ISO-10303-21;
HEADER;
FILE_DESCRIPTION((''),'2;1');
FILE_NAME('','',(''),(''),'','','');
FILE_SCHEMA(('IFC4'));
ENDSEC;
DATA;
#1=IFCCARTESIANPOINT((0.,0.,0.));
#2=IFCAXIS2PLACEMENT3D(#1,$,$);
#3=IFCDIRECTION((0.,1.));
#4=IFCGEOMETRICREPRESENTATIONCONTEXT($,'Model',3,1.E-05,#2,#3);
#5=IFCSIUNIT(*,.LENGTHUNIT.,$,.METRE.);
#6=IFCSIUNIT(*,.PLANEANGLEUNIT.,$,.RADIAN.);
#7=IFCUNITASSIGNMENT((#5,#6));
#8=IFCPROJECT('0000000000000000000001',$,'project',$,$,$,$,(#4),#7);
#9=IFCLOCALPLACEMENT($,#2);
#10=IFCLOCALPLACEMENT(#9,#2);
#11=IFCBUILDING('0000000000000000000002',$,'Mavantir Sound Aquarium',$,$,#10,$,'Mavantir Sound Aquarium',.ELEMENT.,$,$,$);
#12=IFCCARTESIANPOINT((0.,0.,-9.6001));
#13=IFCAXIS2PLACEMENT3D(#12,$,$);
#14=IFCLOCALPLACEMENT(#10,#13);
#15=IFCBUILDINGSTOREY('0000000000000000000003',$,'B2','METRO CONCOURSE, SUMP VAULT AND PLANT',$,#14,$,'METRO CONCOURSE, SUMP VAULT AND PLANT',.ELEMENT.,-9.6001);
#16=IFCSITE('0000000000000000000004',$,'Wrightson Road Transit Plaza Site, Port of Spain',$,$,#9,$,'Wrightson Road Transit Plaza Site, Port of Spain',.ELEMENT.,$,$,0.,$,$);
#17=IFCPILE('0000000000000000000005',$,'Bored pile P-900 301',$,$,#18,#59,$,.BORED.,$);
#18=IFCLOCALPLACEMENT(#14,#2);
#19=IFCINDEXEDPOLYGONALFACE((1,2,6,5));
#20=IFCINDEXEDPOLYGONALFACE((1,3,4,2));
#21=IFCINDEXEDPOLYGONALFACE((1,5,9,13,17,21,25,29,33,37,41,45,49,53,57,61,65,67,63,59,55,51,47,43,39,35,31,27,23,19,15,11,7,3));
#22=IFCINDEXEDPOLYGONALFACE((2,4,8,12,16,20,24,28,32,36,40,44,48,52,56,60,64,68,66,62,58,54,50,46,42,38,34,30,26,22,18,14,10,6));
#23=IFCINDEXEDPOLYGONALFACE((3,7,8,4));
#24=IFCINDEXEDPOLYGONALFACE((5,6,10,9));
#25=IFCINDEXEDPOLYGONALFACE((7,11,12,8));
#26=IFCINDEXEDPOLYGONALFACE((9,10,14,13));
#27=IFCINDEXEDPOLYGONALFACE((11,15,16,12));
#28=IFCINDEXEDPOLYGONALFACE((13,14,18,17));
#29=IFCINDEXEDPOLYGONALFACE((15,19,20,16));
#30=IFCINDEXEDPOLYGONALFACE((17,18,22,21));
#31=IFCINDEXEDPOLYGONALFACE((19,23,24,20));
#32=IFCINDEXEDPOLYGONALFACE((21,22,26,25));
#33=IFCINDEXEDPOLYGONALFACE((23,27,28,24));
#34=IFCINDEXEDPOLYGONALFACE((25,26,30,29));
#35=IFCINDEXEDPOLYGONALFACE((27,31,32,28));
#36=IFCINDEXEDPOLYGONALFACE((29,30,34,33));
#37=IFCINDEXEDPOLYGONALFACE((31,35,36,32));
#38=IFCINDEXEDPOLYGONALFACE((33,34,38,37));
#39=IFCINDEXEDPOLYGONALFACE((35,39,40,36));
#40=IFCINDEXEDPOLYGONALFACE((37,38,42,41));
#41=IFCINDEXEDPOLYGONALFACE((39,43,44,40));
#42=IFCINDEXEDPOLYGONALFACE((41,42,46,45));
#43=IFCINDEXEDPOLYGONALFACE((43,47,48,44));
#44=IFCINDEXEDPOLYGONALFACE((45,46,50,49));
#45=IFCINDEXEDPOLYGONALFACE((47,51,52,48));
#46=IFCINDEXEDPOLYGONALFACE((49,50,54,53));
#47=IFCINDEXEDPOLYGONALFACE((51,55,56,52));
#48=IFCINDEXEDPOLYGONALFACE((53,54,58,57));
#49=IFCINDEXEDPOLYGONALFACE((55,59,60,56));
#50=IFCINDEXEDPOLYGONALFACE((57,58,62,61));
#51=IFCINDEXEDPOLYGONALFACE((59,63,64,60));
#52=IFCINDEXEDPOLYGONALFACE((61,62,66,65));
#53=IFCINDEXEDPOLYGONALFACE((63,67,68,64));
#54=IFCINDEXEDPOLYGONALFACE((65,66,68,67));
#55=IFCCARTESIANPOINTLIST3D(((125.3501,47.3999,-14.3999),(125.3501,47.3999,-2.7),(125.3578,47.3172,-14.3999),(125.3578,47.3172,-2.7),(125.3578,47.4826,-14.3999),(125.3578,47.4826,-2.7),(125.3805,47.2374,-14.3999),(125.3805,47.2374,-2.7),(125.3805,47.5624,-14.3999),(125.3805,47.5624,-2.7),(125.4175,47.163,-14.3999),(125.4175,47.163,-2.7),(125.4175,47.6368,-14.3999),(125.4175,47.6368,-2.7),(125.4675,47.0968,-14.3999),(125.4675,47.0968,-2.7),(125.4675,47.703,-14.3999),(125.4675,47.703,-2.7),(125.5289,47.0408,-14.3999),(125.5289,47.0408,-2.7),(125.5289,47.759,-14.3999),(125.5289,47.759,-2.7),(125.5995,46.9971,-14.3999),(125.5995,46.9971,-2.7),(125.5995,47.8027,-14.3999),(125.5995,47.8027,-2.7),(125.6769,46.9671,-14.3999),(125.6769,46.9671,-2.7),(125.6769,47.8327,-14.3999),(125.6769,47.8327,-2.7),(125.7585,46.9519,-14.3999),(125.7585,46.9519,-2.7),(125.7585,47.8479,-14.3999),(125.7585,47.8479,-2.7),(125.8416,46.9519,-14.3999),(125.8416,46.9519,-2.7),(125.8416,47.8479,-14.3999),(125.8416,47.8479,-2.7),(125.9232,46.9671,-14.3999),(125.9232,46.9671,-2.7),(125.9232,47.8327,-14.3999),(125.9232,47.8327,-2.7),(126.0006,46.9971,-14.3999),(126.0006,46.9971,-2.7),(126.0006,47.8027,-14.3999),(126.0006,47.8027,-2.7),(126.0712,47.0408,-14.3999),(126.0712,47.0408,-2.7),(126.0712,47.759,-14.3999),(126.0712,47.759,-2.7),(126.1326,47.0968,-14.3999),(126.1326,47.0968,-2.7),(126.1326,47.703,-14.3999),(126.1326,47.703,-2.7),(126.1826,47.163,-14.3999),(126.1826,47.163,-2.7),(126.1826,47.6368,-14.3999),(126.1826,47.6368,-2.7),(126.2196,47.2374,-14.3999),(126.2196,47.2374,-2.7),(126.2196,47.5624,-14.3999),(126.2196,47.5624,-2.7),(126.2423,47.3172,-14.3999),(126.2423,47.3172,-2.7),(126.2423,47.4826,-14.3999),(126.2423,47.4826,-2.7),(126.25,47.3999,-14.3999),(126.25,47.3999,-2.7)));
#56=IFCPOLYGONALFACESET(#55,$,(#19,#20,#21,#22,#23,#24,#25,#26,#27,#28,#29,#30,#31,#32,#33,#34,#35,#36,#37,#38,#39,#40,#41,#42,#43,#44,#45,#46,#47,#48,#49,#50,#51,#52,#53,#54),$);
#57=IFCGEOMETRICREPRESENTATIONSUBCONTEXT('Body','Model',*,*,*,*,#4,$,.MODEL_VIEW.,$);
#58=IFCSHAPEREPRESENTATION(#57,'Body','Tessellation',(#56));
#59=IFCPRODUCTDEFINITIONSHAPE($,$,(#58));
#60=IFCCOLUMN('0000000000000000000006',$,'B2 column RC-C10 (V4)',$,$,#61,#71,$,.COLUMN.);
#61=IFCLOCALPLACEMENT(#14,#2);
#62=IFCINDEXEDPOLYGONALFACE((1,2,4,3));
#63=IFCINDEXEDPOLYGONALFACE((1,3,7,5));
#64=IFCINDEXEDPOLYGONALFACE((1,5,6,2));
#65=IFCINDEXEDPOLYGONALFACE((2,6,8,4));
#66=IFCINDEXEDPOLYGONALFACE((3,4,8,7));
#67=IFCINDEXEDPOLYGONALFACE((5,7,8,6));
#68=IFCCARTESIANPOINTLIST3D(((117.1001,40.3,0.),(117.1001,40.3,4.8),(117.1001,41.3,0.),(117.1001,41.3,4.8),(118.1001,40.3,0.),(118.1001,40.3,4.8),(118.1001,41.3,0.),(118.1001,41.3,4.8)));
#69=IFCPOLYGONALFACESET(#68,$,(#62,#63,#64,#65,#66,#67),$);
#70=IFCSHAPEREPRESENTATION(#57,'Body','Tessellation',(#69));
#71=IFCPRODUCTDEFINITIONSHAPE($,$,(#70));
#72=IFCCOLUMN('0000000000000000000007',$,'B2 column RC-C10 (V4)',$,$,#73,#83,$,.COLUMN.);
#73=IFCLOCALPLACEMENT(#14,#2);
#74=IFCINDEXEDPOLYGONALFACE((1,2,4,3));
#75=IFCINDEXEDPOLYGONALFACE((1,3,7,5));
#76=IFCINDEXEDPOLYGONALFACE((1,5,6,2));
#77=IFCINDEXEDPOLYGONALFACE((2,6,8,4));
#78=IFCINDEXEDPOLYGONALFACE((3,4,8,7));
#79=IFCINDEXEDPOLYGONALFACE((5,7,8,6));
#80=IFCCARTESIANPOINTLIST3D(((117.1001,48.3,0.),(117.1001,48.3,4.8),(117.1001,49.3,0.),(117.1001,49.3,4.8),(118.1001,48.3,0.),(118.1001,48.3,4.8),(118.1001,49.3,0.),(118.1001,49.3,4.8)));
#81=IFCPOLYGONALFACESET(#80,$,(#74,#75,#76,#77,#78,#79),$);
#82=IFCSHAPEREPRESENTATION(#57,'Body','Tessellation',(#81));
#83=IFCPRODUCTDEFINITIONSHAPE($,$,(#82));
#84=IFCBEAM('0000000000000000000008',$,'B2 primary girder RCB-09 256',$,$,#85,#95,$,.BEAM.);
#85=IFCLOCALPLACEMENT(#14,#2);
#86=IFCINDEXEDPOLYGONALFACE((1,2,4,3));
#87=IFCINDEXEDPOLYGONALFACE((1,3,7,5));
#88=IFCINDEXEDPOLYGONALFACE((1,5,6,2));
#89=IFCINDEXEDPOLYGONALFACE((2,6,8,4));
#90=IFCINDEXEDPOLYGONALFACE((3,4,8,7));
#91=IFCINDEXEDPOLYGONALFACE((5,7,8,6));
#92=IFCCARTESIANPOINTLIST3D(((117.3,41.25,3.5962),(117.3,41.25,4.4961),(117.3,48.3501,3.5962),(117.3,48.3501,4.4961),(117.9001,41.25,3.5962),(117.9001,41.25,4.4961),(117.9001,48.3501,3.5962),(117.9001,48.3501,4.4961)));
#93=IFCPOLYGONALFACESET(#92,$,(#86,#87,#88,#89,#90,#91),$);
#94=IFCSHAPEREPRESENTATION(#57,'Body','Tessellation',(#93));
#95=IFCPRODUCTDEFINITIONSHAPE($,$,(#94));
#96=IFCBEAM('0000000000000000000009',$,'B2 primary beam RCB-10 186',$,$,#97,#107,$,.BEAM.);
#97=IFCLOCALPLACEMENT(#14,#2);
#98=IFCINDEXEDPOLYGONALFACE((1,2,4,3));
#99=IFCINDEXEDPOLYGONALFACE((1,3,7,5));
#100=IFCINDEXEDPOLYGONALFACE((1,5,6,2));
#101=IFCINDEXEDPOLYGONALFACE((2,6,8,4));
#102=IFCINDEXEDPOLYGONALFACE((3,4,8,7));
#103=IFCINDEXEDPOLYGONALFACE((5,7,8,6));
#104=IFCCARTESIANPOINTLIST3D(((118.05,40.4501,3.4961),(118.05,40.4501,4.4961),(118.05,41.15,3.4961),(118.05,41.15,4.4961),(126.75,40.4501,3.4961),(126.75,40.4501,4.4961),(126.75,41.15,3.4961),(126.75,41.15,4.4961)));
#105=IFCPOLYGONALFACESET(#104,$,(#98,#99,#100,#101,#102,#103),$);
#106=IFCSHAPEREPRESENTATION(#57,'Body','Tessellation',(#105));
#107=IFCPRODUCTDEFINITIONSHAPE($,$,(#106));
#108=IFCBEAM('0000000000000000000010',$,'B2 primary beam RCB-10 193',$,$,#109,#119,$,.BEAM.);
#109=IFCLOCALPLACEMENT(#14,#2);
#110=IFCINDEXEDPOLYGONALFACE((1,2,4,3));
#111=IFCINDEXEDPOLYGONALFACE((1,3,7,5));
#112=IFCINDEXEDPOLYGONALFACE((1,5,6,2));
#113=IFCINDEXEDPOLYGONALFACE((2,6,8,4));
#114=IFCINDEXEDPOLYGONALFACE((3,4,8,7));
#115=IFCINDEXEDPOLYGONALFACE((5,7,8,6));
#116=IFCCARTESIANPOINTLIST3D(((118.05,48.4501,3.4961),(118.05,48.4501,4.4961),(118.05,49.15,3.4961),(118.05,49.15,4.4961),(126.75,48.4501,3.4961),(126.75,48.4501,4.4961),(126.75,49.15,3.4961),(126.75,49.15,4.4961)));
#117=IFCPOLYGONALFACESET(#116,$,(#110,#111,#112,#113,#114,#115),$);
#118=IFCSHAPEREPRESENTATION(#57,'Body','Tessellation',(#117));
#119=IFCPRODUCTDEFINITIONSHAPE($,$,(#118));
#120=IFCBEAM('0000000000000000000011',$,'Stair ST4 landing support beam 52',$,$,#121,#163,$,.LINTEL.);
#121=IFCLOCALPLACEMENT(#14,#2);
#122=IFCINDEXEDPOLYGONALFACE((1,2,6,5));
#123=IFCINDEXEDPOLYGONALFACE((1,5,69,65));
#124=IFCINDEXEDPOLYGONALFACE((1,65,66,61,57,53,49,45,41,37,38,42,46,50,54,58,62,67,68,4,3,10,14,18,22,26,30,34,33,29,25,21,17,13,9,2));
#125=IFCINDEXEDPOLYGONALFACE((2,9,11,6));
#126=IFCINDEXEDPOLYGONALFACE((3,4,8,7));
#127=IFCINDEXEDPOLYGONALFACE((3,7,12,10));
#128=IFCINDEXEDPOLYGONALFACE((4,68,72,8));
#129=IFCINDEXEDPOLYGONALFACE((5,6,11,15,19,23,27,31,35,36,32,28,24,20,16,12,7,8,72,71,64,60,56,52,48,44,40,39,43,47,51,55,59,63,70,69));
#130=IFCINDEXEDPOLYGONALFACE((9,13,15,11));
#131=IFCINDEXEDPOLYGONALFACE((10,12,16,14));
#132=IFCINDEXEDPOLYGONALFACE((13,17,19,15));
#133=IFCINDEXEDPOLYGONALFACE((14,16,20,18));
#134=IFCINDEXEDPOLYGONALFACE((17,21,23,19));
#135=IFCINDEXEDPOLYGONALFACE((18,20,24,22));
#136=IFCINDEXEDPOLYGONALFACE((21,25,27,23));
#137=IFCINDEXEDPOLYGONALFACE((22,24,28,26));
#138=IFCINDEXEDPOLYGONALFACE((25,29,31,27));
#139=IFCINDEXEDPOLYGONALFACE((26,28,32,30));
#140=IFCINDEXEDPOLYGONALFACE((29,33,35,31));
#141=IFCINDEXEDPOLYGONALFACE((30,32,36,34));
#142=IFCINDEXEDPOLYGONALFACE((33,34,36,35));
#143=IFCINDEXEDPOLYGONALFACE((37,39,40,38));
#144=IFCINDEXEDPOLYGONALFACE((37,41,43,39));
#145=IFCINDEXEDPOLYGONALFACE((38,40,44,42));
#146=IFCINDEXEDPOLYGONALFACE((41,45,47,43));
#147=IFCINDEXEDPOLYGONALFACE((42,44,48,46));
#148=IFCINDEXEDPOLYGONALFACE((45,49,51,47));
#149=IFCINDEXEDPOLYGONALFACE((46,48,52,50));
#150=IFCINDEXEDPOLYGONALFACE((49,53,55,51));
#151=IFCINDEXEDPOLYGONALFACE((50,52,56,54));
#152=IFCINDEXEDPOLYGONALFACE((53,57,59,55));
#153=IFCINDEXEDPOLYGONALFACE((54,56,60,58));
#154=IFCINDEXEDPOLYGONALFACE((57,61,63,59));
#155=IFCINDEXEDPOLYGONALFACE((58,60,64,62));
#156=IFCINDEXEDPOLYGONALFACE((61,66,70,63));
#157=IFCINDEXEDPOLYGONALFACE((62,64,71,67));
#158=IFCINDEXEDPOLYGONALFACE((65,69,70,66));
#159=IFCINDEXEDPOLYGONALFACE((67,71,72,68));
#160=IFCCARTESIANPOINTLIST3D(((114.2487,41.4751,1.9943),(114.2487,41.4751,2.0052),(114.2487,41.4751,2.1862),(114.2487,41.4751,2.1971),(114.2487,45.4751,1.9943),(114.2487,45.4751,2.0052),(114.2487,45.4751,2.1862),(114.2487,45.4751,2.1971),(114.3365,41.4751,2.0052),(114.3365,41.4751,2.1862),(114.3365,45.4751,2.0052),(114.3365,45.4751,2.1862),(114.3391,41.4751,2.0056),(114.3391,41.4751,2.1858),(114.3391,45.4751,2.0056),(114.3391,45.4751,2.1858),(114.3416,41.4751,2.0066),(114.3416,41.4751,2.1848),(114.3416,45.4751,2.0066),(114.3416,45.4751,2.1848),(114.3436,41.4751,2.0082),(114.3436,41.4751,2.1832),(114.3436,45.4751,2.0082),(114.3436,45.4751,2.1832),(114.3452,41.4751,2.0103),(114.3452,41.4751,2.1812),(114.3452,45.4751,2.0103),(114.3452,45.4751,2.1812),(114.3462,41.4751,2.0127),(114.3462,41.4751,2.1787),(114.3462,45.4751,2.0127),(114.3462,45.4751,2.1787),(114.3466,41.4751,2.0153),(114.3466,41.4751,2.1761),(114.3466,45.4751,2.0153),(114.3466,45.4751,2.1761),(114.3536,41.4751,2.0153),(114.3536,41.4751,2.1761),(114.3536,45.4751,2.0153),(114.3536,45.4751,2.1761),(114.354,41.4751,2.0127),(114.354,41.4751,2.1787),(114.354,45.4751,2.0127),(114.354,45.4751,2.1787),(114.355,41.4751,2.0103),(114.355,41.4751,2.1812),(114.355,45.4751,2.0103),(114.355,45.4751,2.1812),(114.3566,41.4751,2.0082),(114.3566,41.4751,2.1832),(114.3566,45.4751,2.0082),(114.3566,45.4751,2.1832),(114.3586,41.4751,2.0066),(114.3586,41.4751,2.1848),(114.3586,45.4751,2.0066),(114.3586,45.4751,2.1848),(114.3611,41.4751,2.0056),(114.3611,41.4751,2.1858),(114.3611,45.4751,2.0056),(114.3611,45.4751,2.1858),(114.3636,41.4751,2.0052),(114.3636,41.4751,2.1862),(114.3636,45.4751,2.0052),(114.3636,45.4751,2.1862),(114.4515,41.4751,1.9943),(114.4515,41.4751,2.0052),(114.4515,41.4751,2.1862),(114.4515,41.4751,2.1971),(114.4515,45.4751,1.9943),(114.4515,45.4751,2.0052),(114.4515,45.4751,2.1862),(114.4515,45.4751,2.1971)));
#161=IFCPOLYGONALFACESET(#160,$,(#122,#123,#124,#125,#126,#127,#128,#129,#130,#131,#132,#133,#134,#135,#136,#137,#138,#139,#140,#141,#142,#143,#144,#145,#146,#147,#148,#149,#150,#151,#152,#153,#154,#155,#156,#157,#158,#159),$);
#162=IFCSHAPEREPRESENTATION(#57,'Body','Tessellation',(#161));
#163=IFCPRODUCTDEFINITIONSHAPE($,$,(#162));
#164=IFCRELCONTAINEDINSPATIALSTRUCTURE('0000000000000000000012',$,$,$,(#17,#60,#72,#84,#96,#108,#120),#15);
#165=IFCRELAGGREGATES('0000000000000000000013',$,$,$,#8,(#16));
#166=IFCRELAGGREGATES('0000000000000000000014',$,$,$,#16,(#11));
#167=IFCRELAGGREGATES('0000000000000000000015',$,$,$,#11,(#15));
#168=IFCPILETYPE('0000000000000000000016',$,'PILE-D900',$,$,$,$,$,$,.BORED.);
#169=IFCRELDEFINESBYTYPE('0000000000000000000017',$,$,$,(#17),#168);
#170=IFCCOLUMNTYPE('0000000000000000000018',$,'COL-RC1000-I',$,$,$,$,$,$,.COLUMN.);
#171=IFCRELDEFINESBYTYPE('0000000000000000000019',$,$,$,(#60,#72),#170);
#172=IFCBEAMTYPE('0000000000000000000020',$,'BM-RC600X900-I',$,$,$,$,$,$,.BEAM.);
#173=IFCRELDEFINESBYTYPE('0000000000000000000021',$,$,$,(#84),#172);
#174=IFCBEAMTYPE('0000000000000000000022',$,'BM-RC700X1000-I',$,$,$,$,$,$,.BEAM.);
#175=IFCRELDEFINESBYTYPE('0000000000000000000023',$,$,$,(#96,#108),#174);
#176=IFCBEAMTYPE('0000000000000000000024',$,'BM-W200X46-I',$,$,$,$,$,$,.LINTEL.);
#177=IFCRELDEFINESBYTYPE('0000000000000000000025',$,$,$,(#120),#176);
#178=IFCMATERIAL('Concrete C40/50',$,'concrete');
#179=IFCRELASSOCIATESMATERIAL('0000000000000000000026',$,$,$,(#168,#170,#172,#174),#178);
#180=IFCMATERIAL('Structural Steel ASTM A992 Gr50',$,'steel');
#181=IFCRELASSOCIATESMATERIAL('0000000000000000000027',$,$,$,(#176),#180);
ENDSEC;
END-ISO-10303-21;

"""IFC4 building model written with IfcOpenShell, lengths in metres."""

from ifc_helpers import new_model, si_unit, direction, frame, origin, origin_2d, place, context, subcontext, project, spatial, rectangle, circle, i_section, extrude, material, material_profile, profile_set, type_object, element, save


model = new_model("IFC4")

# Units and contexts
model_context = context("Model", 3, precision=1e-05, world=origin(), true_north=direction((0.0, 1.0)))
body_context = subcontext(model_context, "Body", "Model", "MODEL_VIEW")
ifc_project = project(units=[si_unit("LENGTHUNIT", "METRE"), si_unit("PLANEANGLEUNIT", "RADIAN")], contexts=[model_context])

# Site, building, storey
site_placement = place(None, origin())
site = spatial("IfcSite", under=ifc_project, at=site_placement, Name="Wrightson Road Transit Plaza Site, Port of Spain", LongName="Wrightson Road Transit Plaza Site, Port of Spain", CompositionType="ELEMENT", RefElevation=0.0)
building_placement = place(site_placement, origin())
building = spatial("IfcBuilding", under=site, at=building_placement, Name="Mavantir Sound Aquarium", LongName="Mavantir Sound Aquarium", CompositionType="ELEMENT")
storey_placement = place(building_placement, frame((0.0, 0.0, -9.6001)))
storey = spatial("IfcBuildingStorey", under=building, at=storey_placement, Name="B2", Description="METRO CONCOURSE, SUMP VAULT AND PLANT", LongName="METRO CONCOURSE, SUMP VAULT AND PLANT", CompositionType="ELEMENT", Elevation=-9.6001)

# Shared definitions
ifc_material_1 = material(Name="Concrete C40/50", Category="concrete")

# Pile
ifc_material_profile_1 = material_profile(ifc_material_1, circle(Radius=0.45, at=origin_2d()), Name="PILE D900")
ifc_profile_set_1 = profile_set([ifc_material_profile_1], Name="Concrete C40/50")
pile_type = type_object("IfcPileType", Name="PILE-D900", PredefinedType="BORED", material=ifc_profile_set_1)
for number, where, z_axis, x_axis, name in (
    (1, (125.8, 47.3999, -2.7), (0.0, 0.0, -1.0), (1.0, 0.0, 0.0), "Bored pile P-900 301"),
):
    element("IfcPile", number, at=place(storey_placement, frame(where, z_axis=z_axis, x_axis=x_axis)), inside=storey, type_object=pile_type, Name=name, PredefinedType="BORED", context=body_context, shape_type="SweptSolid", body=[
        extrude(circle(Radius=0.45, at=origin_2d()), origin(), (0.0, 0.0, 1.0), 11.7),
    ])

# Columns
ifc_material_profile_2 = material_profile(ifc_material_1, rectangle(XDim=1.0, YDim=1.0, at=origin_2d()), Name="RC 1000X1000")
ifc_profile_set_2 = profile_set([ifc_material_profile_2], Name="Concrete C40/50")
column_type = type_object("IfcColumnType", Name="COL-RC1000-I", PredefinedType="COLUMN", material=ifc_profile_set_2)
for number, where, z_axis, x_axis, name in (
    (2, (117.6001, 40.8, 0.0), (0.0, 0.0, 1.0), (1.0, 0.0, 0.0), "B2 column RC-C10 (V4)"),
    (3, (117.6001, 48.8, 0.0), (0.0, 0.0, 1.0), (1.0, 0.0, 0.0), "B2 column RC-C10 (V4)"),
):
    element("IfcColumn", number, at=place(storey_placement, frame(where, z_axis=z_axis, x_axis=x_axis)), inside=storey, type_object=column_type, Name=name, PredefinedType="COLUMN", context=body_context, shape_type="SweptSolid", body=[
        extrude(rectangle(XDim=1.0, YDim=1.0, at=origin_2d()), origin(), (0.0, 0.0, 1.0), 4.8),
    ])

# Beams
ifc_material_profile_3 = material_profile(ifc_material_1, rectangle(XDim=0.6001, YDim=0.8999, at=origin_2d()), Name="RC 600X900")
ifc_profile_set_3 = profile_set([ifc_material_profile_3], Name="Concrete C40/50")
beam_type_1 = type_object("IfcBeamType", Name="BM-RC600X900-I", PredefinedType="BEAM", material=ifc_profile_set_3)
beam_1_placement = place(storey_placement, frame((117.6001, 41.25, 4.0461), z_axis=(0.0, 1.0, 0.0), x_axis=(-1.0, 0.0, 0.0)))
element("IfcBeam", 4, at=beam_1_placement, inside=storey, type_object=beam_type_1, Name="B2 primary girder RCB-09 256", PredefinedType="BEAM", context=body_context, shape_type="SweptSolid", body=[
    extrude(rectangle(XDim=0.6001, YDim=0.8999, at=origin_2d()), origin(), (0.0, 0.0, 1.0), 7.1001),
])
ifc_material_profile_4 = material_profile(ifc_material_1, rectangle(XDim=0.7, YDim=1.0, at=origin_2d()), Name="RC 700X1000")
ifc_profile_set_4 = profile_set([ifc_material_profile_4], Name="Concrete C40/50")
beam_type_2 = type_object("IfcBeamType", Name="BM-RC700X1000-I", PredefinedType="BEAM", material=ifc_profile_set_4)
for number, where, z_axis, x_axis, name in (
    (5, (118.05, 40.8, 3.9961), (1.0, 0.0, 0.0), (0.0, 1.0, 0.0), "B2 primary beam RCB-10 186"),
    (6, (118.05, 48.8, 3.9961), (1.0, 0.0, 0.0), (0.0, 1.0, 0.0), "B2 primary beam RCB-10 193"),
):
    element("IfcBeam", number, at=place(storey_placement, frame(where, z_axis=z_axis, x_axis=x_axis)), inside=storey, type_object=beam_type_2, Name=name, PredefinedType="BEAM", context=body_context, shape_type="SweptSolid", body=[
        extrude(rectangle(XDim=0.7, YDim=1.0, at=origin_2d()), origin(), (0.0, 0.0, 1.0), 8.7),
    ])
ifc_material_2 = material(Name="Structural Steel ASTM A992 Gr50", Category="steel")
ifc_material_profile_5 = material_profile(ifc_material_2, i_section(OverallWidth=0.2029, OverallDepth=0.2029, WebThickness=0.0071, FlangeThickness=0.011, FilletRadius=0.01, at=origin_2d()), Name="W200X46")
ifc_profile_set_5 = profile_set([ifc_material_profile_5], Name="Structural Steel ASTM A992 Gr50")
beam_type_3 = type_object("IfcBeamType", Name="BM-W200X46-I", PredefinedType="LINTEL", material=ifc_profile_set_5)
for number, where, z_axis, x_axis, name in (
    (7, (114.3501, 41.4751, 2.0957), (0.0, 1.0, 0.0), (-1.0, 0.0, 0.0), "Stair ST4 landing support beam 52"),
):
    element("IfcBeam", number, at=place(storey_placement, frame(where, z_axis=z_axis, x_axis=x_axis)), inside=storey, type_object=beam_type_3, Name=name, PredefinedType="LINTEL", context=body_context, shape_type="SweptSolid", body=[
        extrude(i_section(OverallWidth=0.2029, OverallDepth=0.2029, WebThickness=0.0071, FlangeThickness=0.011, FilletRadius=0.01, at=origin_2d()), origin(), (0.0, 0.0, 1.0), 4.0),
    ])

save(model, "model.ifc")
